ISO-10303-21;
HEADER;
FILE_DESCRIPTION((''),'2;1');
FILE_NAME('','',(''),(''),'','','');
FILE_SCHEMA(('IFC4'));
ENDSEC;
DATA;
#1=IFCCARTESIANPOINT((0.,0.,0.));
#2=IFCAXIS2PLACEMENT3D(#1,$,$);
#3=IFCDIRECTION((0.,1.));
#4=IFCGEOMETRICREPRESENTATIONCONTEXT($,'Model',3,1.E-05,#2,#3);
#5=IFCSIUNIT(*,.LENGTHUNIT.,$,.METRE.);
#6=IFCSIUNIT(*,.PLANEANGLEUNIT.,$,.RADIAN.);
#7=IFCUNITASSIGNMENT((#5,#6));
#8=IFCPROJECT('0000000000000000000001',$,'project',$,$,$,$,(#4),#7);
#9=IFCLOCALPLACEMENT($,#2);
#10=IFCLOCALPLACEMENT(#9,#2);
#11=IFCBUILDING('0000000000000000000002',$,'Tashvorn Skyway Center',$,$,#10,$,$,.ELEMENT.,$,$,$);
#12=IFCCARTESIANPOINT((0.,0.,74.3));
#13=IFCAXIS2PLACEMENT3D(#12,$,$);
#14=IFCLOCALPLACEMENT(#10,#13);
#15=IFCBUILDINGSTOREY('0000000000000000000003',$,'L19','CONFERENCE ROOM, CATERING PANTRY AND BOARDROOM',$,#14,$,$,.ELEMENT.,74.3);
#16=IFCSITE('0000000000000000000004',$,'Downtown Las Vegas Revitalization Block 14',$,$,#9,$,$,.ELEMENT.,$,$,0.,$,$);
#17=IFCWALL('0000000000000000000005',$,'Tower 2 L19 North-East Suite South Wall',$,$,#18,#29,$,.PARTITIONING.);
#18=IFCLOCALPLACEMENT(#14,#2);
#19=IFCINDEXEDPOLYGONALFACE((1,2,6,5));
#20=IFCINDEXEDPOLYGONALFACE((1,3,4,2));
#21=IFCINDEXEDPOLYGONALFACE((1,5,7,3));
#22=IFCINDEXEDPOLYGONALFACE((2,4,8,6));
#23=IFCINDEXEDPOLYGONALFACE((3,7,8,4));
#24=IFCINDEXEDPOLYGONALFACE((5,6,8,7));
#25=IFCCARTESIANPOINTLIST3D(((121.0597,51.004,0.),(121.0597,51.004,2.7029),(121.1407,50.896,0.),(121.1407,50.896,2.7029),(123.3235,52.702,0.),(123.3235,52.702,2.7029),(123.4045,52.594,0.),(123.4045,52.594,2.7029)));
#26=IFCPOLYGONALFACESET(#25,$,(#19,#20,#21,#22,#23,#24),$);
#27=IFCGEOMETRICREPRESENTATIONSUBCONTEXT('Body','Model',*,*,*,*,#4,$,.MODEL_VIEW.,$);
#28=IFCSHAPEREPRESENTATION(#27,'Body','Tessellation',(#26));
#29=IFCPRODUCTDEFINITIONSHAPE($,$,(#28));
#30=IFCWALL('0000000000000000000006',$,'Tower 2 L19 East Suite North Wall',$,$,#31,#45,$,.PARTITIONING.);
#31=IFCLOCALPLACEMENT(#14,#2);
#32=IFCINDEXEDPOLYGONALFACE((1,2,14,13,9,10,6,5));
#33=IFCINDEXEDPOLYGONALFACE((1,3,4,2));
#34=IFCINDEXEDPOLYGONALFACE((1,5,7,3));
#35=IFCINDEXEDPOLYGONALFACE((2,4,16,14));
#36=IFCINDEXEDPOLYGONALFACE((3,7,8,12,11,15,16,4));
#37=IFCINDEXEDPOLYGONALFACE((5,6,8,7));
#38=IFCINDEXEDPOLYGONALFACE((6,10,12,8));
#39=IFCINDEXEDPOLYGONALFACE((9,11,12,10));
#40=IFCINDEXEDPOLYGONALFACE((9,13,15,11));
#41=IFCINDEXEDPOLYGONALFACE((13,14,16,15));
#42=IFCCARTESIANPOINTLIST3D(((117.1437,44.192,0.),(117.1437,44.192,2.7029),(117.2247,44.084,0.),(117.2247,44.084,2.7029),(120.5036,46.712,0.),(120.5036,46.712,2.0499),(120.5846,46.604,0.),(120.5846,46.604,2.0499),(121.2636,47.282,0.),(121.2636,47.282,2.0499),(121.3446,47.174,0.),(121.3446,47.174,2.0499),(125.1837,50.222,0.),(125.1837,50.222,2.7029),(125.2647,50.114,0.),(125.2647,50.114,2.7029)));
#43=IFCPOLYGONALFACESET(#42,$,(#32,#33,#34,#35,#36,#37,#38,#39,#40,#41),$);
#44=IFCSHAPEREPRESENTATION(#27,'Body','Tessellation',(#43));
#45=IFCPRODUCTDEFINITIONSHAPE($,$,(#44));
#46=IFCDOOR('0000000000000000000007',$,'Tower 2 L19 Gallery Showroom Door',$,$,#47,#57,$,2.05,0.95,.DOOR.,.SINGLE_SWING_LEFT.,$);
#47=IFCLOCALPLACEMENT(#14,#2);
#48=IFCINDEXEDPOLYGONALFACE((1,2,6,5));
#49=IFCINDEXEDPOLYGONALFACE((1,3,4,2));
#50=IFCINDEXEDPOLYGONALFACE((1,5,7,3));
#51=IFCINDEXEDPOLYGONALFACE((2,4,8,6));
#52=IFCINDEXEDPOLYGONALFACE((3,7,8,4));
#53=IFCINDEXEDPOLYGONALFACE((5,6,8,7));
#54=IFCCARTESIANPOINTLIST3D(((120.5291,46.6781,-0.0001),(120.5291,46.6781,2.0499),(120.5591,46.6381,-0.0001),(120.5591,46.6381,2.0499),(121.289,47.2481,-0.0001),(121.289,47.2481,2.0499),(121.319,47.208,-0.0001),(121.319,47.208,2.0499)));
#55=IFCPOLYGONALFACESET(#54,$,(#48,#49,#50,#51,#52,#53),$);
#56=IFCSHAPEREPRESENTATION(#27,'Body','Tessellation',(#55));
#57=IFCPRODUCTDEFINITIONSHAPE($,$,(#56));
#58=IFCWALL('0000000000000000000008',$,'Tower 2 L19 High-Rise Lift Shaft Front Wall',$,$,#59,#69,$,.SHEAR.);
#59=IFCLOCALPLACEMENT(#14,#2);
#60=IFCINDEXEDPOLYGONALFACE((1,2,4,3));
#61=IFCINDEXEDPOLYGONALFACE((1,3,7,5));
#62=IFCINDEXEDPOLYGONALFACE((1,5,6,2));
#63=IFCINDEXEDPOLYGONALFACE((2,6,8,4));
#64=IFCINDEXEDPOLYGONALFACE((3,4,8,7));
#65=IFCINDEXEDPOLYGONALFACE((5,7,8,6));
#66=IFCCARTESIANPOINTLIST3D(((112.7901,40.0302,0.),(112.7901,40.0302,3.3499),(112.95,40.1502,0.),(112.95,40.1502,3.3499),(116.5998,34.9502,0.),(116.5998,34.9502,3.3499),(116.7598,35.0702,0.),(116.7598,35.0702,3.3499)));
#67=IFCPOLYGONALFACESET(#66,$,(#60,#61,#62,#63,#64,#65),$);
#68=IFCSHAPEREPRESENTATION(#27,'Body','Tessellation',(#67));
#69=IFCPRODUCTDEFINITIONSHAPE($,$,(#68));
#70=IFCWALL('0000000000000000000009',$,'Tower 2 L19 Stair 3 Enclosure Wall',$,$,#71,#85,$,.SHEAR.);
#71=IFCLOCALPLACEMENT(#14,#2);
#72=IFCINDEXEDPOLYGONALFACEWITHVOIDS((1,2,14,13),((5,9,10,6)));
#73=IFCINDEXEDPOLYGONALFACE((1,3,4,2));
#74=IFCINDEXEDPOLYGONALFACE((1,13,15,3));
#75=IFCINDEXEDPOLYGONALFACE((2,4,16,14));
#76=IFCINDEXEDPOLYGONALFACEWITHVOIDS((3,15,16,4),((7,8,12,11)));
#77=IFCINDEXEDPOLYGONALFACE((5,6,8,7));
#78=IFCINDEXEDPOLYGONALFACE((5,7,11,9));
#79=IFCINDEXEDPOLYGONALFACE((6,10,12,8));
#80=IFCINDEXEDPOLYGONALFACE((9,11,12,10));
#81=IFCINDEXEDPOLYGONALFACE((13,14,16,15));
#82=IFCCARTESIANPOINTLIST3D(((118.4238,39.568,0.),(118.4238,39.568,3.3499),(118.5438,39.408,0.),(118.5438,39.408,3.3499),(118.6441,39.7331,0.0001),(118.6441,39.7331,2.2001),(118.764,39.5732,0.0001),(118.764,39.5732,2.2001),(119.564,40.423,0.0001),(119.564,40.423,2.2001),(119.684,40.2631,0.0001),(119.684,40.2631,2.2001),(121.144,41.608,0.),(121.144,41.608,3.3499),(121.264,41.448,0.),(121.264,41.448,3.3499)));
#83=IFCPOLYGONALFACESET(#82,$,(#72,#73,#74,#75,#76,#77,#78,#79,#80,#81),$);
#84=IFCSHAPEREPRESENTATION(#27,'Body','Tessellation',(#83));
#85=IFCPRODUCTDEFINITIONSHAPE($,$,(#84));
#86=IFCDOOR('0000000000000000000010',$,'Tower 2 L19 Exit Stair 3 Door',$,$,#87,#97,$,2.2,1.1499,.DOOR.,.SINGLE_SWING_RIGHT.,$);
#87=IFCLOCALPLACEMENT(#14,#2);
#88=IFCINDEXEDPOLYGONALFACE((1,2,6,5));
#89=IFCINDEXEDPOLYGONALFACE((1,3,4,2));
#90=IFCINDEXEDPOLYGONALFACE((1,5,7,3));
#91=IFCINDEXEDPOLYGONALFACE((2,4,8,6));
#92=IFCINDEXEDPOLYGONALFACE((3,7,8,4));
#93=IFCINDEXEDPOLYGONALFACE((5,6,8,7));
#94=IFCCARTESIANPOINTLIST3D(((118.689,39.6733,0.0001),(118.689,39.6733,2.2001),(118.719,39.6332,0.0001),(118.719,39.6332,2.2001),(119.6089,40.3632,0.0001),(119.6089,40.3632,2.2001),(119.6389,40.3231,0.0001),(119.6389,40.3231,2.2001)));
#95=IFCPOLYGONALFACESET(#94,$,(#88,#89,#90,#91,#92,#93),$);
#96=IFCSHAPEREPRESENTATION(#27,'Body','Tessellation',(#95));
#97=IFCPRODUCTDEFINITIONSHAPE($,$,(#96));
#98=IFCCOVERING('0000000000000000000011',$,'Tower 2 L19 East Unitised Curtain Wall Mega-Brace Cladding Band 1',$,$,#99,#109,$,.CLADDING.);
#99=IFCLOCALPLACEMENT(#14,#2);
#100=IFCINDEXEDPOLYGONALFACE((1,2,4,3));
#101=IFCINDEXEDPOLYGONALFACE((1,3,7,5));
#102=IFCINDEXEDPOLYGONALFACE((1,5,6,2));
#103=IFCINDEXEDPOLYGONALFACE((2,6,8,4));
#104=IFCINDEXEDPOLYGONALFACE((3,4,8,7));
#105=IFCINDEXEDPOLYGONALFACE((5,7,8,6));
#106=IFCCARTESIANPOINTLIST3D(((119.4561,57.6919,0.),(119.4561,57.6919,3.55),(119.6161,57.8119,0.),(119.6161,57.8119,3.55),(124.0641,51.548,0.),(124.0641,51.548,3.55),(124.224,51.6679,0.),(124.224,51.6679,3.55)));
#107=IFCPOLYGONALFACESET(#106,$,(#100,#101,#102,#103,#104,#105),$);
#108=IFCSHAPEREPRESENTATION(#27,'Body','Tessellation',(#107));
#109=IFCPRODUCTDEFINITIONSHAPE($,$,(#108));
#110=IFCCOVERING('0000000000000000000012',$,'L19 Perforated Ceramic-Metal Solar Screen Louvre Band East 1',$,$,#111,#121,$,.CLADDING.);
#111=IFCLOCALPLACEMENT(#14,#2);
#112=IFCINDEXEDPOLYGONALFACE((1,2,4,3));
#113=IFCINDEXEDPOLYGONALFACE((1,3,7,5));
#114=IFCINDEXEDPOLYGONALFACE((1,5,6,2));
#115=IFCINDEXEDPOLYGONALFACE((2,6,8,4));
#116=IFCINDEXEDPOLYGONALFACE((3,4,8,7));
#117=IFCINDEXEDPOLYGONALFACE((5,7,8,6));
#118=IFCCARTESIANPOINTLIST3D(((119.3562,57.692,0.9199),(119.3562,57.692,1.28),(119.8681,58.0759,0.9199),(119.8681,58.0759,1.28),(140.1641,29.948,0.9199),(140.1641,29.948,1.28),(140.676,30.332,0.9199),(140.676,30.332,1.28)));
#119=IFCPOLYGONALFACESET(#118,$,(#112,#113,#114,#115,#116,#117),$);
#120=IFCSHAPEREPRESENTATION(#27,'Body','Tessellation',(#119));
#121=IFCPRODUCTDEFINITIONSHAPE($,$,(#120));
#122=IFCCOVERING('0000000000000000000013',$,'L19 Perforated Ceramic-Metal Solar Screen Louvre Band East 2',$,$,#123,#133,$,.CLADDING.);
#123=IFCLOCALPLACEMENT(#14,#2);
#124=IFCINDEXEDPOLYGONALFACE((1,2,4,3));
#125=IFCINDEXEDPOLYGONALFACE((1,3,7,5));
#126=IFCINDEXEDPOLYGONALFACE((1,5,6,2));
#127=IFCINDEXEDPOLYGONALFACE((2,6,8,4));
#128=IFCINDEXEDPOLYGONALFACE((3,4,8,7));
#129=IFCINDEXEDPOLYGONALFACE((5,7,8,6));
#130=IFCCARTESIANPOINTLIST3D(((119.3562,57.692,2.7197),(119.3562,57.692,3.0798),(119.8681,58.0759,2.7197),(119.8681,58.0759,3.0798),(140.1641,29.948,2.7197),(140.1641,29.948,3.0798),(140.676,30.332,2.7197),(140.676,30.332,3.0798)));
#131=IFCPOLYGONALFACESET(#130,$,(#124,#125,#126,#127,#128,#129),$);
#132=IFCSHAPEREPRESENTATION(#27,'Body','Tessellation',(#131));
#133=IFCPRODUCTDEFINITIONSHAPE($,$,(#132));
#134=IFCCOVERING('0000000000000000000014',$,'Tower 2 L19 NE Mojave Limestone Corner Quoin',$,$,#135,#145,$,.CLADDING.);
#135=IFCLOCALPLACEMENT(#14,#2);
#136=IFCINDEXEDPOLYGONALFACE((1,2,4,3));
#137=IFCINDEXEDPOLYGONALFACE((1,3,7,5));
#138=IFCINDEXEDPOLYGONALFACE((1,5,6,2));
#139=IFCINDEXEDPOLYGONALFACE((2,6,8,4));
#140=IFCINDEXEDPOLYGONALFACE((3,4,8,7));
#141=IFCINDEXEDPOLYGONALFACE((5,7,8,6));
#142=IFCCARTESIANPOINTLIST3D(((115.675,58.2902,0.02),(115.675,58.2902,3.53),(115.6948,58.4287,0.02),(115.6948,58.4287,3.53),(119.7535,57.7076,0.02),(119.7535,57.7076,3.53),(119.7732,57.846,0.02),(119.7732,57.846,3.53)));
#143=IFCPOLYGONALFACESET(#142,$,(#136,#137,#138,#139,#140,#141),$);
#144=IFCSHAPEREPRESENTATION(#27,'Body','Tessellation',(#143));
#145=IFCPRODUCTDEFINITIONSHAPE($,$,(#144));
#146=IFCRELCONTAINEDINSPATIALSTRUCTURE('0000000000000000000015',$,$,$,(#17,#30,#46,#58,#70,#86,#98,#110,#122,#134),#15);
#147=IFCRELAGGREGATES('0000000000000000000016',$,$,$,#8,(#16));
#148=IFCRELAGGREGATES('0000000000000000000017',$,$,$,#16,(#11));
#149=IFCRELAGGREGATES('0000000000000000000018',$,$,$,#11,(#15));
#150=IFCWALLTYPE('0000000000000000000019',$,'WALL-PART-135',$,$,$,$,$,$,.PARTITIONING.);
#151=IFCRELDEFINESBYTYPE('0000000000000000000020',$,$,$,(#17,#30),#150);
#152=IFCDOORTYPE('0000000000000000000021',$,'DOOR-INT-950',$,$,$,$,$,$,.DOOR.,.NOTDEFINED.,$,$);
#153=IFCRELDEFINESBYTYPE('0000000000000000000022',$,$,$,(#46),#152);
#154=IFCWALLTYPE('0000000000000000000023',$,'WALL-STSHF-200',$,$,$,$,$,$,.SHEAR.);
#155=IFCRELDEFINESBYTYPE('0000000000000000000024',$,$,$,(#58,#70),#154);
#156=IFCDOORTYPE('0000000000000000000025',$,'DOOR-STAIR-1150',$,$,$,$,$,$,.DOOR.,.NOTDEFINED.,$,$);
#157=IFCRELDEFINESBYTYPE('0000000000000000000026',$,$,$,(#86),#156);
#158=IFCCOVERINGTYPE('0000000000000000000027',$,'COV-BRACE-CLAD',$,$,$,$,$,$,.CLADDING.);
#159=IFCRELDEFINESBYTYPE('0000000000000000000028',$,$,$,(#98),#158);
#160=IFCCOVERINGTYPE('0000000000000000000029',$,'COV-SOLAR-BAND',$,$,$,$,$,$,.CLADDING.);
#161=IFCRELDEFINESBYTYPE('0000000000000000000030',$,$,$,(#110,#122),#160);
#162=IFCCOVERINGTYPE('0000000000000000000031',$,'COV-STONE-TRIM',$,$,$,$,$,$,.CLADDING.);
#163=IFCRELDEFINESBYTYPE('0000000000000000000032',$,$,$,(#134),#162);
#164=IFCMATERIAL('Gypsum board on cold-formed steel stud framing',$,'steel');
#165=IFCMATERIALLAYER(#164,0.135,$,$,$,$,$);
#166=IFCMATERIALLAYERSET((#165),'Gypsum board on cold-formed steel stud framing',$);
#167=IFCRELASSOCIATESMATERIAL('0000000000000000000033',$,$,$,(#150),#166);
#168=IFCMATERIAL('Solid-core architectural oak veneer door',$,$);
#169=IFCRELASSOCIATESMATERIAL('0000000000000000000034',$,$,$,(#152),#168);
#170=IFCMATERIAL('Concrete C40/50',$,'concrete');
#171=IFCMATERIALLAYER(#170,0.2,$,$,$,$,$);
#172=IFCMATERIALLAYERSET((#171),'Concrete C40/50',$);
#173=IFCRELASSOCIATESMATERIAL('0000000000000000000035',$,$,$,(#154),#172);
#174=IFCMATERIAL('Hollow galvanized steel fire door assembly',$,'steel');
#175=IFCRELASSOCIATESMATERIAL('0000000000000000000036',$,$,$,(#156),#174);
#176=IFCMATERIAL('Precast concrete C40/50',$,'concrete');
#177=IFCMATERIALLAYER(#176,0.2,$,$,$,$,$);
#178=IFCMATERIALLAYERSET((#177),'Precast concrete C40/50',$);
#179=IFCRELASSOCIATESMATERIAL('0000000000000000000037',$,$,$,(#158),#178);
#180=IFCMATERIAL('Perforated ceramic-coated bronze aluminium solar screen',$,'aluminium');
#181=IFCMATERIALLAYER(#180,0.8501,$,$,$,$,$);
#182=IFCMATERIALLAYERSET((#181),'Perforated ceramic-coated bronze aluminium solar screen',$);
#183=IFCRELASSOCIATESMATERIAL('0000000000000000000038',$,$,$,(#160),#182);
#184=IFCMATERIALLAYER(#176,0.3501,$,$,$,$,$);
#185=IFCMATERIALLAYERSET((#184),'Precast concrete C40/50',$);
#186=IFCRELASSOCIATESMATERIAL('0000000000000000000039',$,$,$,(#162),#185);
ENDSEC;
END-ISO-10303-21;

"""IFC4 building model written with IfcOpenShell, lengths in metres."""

from ifc_helpers import new_model, si_unit, direction, frame, frame_2d, origin, origin_2d, place, context, subcontext, project, spatial, rectangle, extrude, material, layer, layer_set, type_object, element, fill, save


model = new_model("IFC4")

# Units and contexts
model_context = context("Model", 3, precision=1e-05, world=origin(), true_north=direction((0.0, 1.0)))
body_context = subcontext(model_context, "Body", "Model", "MODEL_VIEW")
ifc_project = project(units=[si_unit("LENGTHUNIT", "METRE"), si_unit("PLANEANGLEUNIT", "RADIAN")], contexts=[model_context])

# Site, building, storey
site_placement = place(None, origin())
site = spatial("IfcSite", under=ifc_project, at=site_placement, Name="Downtown Las Vegas Revitalization Block 14", CompositionType="ELEMENT", RefElevation=0.0)
building_placement = place(site_placement, origin())
building = spatial("IfcBuilding", under=site, at=building_placement, Name="Tashvorn Skyway Center", CompositionType="ELEMENT")
storey_placement = place(building_placement, frame((0.0, 0.0, 74.3)))
storey = spatial("IfcBuildingStorey", under=building, at=storey_placement, Name="L19", Description="CONFERENCE ROOM, CATERING PANTRY AND BOARDROOM", CompositionType="ELEMENT", Elevation=74.3)

# Wall
ifc_material_1 = material(Name="Precast concrete C40/50", Category="concrete")
ifc_material_2 = material(Name="Gypsum board on cold-formed steel stud framing", Category="steel")
ifc_layer_1 = layer(ifc_material_2, 0.135)
ifc_layer_set_1 = layer_set([ifc_layer_1], Name="Gypsum board on cold-formed steel stud framing")
wall_type_1 = type_object("IfcWallType", Name="WALL-PART-135", PredefinedType="PARTITIONING", material=ifc_layer_set_1)
wall_1_placement = place(storey_placement, frame((121.1001, 50.95, 0.0), z_axis=(0.0, 0.0, 1.0), x_axis=(0.79999, 0.600014, 0.0)))
element("IfcWall", 1, at=wall_1_placement, inside=storey, type_object=wall_type_1, Name="Tower 2 L19 North-East Suite South Wall", PredefinedType="PARTITIONING", context=body_context, shape_type="SweptSolid", body=[
    extrude(rectangle(XDim=2.8298, YDim=0.135, at=frame_2d((1.415, 0.0))), origin(), (0.0, 0.0, 1.0), 2.7029),
])

# Wall, opening, door
wall_2_placement = place(storey_placement, frame((125.2241, 50.168, 0.0), z_axis=(0.0, 0.0, 1.0), x_axis=(-0.8, -0.6, 0.0)))
wall_2 = element("IfcWall", 2, at=wall_2_placement, inside=storey, type_object=wall_type_1, Name="Tower 2 L19 East Suite North Wall", PredefinedType="PARTITIONING", context=body_context, shape_type="SweptSolid", body=[
    extrude(rectangle(XDim=10.05, YDim=0.135, at=frame_2d((5.0249, 0.0))), origin(), (0.0, 0.0, 1.0), 2.7029),
])
opening_1_placement = place(wall_2_placement, frame((4.8999, 0.0, 0.0)))
opening_1 = element("IfcOpeningElement", 3, at=opening_1_placement, cuts=wall_2, PredefinedType="OPENING", context=body_context, shape_type="SweptSolid", body=[
    extrude(rectangle(XDim=0.95, YDim=2.05, at=frame_2d((0.4751, 1.0249))), frame((0.0, 0.0774, 0.0), z_axis=(0.0, -1.0, 0.0), x_axis=(1.0, 0.0, 0.0)), (0.0, 0.0, 1.0), 0.155),
])
ifc_material_3 = material(Name="Solid-core architectural oak veneer door")
door_type_1 = type_object("IfcDoorType", Name="DOOR-INT-950", OperationType="NOTDEFINED", PredefinedType="DOOR", material=ifc_material_3)
door_1_placement = place(opening_1_placement, origin())
door_1 = element("IfcDoor", 4, at=door_1_placement, inside=storey, type_object=door_type_1, Name="Tower 2 L19 Gallery Showroom Door", OperationType="SINGLE_SWING_LEFT", OverallHeight=2.05, OverallWidth=0.95, PredefinedType="DOOR", context=body_context, shape_type="SweptSolid", body=[
    extrude(rectangle(XDim=0.95, YDim=2.05, at=frame_2d((0.4751, 1.0249))), frame((0.0, 0.0249, 0.0), z_axis=(0.0, -1.0, 0.0), x_axis=(1.0, 0.0, 0.0)), (0.0, 0.0, 1.0), 0.05),
])
fill(opening_1, door_1)

# Wall
ifc_material_4 = material(Name="Concrete C40/50", Category="concrete")
ifc_layer_2 = layer(ifc_material_4, 0.2)
ifc_layer_set_2 = layer_set([ifc_layer_2], Name="Concrete C40/50")
wall_type_2 = type_object("IfcWallType", Name="WALL-STSHF-200", PredefinedType="SHEAR", material=ifc_layer_set_2)
wall_3_placement = place(storey_placement, frame((112.8701, 40.0901, 0.0), z_axis=(0.0, 0.0, 1.0), x_axis=(0.599975, -0.800018, 0.0)))
element("IfcWall", 5, at=wall_3_placement, inside=storey, type_object=wall_type_2, Name="Tower 2 L19 High-Rise Lift Shaft Front Wall", PredefinedType="SHEAR", context=body_context, shape_type="SweptSolid", body=[
    extrude(rectangle(XDim=6.3499, YDim=0.2, at=frame_2d((3.1748, 0.0))), origin(), (0.0, 0.0, 1.0), 3.3499),
])

# Wall, opening, door
wall_4_placement = place(storey_placement, frame((121.2041, 41.5281, 0.0), z_axis=(0.0, 0.0, 1.0), x_axis=(-0.800017, -0.599977, 0.0)))
wall_4 = element("IfcWall", 6, at=wall_4_placement, inside=storey, type_object=wall_type_2, Name="Tower 2 L19 Stair 3 Enclosure Wall", PredefinedType="SHEAR", context=body_context, shape_type="SweptSolid", body=[
    extrude(rectangle(XDim=3.4001, YDim=0.2, at=frame_2d((1.7002, 0.0))), origin(), (0.0, 0.0, 1.0), 3.3499),
])
opening_2_placement = place(wall_4_placement, frame((1.9751, 0.0, 0.0)))
opening_2 = element("IfcOpeningElement", 7, at=opening_2_placement, cuts=wall_4, PredefinedType="OPENING", context=body_context, shape_type="SweptSolid", body=[
    extrude(rectangle(XDim=1.1499, YDim=2.2, at=frame_2d((0.575, 1.1001))), frame((0.0, 0.1099, 0.0), z_axis=(0.0, -1.0, 0.0), x_axis=(1.0, 0.0, 0.0)), (0.0, 0.0, 1.0), 0.22),
])
ifc_material_5 = material(Name="Hollow galvanized steel fire door assembly", Category="steel")
door_type_2 = type_object("IfcDoorType", Name="DOOR-STAIR-1150", OperationType="NOTDEFINED", PredefinedType="DOOR", material=ifc_material_5)
door_2_placement = place(opening_2_placement, origin())
door_2 = element("IfcDoor", 8, at=door_2_placement, inside=storey, type_object=door_type_2, Name="Tower 2 L19 Exit Stair 3 Door", OperationType="SINGLE_SWING_RIGHT", OverallHeight=2.2, OverallWidth=1.1499, PredefinedType="DOOR", context=body_context, shape_type="SweptSolid", body=[
    extrude(rectangle(XDim=1.1499, YDim=2.2, at=frame_2d((0.575, 1.1001))), frame((0.0, 0.0249, 0.0), z_axis=(0.0, -1.0, 0.0), x_axis=(1.0, 0.0, 0.0)), (0.0, 0.0, 1.0), 0.05),
])
fill(opening_2, door_2)

# Coverings
ifc_layer_3 = layer(ifc_material_1, 0.2)
ifc_layer_set_3 = layer_set([ifc_layer_3], Name="Precast concrete C40/50")
covering_type_1 = type_object("IfcCoveringType", Name="COV-BRACE-CLAD", PredefinedType="CLADDING", material=ifc_layer_set_3)
covering_1_placement = place(storey_placement, frame((121.8401, 54.6799, 0.0), z_axis=(0.0, 0.0, 1.0), x_axis=(0.6, -0.8, 0.0)))
element("IfcCovering", 9, at=covering_1_placement, inside=storey, type_object=covering_type_1, Name="Tower 2 L19 East Unitised Curtain Wall Mega-Brace Cladding Band 1", PredefinedType="CLADDING", context=body_context, shape_type="SweptSolid", body=[
    extrude(rectangle(XDim=7.6799, YDim=0.2, at=origin_2d()), origin(), (0.0, 0.0, 1.0), 3.55),
])
ifc_material_6 = material(Name="Perforated ceramic-coated bronze aluminium solar screen", Category="aluminium")
ifc_layer_4 = layer(ifc_material_6, 0.8501)
ifc_layer_set_4 = layer_set([ifc_layer_4], Name="Perforated ceramic-coated bronze aluminium solar screen")
covering_type_2 = type_object("IfcCoveringType", Name="COV-SOLAR-BAND", PredefinedType="CLADDING", material=ifc_layer_set_4)
for number, where, z_axis, x_axis, name in (
    (10, (130.0161, 44.012, 0.9199), (0.0, 0.0, 1.0), (0.6, -0.8, 0.0), "L19 Perforated Ceramic-Metal Solar Screen Louvre Band East 1"),
    (11, (130.0161, 44.012, 2.7197), (0.0, 0.0, 1.0), (0.6, -0.8, 0.0), "L19 Perforated Ceramic-Metal Solar Screen Louvre Band East 2"),
):
    element("IfcCovering", number, at=place(storey_placement, frame(where, z_axis=z_axis, x_axis=x_axis)), inside=storey, type_object=covering_type_2, Name=name, PredefinedType="CLADDING", context=body_context, shape_type="SweptSolid", body=[
        extrude(rectangle(XDim=34.6799, YDim=0.6399, at=origin_2d()), origin(), (0.0, 0.0, 1.0), 0.3601),
    ])
ifc_layer_5 = layer(ifc_material_1, 0.3501)
ifc_layer_set_5 = layer_set([ifc_layer_5], Name="Precast concrete C40/50")
covering_type_3 = type_object("IfcCoveringType", Name="COV-STONE-TRIM", PredefinedType="CLADDING", material=ifc_layer_set_5)
covering_2_placement = place(storey_placement, frame((117.7241, 58.0681, 0.02), z_axis=(0.0, 0.0, 1.0), x_axis=(0.989949, -0.141421, 0.0)))
element("IfcCovering", 12, at=covering_2_placement, inside=storey, type_object=covering_type_3, Name="Tower 2 L19 NE Mojave Limestone Corner Quoin", PredefinedType="CLADDING", context=body_context, shape_type="SweptSolid", body=[
    extrude(rectangle(XDim=4.1199, YDim=0.1399, at=origin_2d()), origin(), (0.0, 0.0, 1.0), 3.51),
])

save(model, "model.ifc")
